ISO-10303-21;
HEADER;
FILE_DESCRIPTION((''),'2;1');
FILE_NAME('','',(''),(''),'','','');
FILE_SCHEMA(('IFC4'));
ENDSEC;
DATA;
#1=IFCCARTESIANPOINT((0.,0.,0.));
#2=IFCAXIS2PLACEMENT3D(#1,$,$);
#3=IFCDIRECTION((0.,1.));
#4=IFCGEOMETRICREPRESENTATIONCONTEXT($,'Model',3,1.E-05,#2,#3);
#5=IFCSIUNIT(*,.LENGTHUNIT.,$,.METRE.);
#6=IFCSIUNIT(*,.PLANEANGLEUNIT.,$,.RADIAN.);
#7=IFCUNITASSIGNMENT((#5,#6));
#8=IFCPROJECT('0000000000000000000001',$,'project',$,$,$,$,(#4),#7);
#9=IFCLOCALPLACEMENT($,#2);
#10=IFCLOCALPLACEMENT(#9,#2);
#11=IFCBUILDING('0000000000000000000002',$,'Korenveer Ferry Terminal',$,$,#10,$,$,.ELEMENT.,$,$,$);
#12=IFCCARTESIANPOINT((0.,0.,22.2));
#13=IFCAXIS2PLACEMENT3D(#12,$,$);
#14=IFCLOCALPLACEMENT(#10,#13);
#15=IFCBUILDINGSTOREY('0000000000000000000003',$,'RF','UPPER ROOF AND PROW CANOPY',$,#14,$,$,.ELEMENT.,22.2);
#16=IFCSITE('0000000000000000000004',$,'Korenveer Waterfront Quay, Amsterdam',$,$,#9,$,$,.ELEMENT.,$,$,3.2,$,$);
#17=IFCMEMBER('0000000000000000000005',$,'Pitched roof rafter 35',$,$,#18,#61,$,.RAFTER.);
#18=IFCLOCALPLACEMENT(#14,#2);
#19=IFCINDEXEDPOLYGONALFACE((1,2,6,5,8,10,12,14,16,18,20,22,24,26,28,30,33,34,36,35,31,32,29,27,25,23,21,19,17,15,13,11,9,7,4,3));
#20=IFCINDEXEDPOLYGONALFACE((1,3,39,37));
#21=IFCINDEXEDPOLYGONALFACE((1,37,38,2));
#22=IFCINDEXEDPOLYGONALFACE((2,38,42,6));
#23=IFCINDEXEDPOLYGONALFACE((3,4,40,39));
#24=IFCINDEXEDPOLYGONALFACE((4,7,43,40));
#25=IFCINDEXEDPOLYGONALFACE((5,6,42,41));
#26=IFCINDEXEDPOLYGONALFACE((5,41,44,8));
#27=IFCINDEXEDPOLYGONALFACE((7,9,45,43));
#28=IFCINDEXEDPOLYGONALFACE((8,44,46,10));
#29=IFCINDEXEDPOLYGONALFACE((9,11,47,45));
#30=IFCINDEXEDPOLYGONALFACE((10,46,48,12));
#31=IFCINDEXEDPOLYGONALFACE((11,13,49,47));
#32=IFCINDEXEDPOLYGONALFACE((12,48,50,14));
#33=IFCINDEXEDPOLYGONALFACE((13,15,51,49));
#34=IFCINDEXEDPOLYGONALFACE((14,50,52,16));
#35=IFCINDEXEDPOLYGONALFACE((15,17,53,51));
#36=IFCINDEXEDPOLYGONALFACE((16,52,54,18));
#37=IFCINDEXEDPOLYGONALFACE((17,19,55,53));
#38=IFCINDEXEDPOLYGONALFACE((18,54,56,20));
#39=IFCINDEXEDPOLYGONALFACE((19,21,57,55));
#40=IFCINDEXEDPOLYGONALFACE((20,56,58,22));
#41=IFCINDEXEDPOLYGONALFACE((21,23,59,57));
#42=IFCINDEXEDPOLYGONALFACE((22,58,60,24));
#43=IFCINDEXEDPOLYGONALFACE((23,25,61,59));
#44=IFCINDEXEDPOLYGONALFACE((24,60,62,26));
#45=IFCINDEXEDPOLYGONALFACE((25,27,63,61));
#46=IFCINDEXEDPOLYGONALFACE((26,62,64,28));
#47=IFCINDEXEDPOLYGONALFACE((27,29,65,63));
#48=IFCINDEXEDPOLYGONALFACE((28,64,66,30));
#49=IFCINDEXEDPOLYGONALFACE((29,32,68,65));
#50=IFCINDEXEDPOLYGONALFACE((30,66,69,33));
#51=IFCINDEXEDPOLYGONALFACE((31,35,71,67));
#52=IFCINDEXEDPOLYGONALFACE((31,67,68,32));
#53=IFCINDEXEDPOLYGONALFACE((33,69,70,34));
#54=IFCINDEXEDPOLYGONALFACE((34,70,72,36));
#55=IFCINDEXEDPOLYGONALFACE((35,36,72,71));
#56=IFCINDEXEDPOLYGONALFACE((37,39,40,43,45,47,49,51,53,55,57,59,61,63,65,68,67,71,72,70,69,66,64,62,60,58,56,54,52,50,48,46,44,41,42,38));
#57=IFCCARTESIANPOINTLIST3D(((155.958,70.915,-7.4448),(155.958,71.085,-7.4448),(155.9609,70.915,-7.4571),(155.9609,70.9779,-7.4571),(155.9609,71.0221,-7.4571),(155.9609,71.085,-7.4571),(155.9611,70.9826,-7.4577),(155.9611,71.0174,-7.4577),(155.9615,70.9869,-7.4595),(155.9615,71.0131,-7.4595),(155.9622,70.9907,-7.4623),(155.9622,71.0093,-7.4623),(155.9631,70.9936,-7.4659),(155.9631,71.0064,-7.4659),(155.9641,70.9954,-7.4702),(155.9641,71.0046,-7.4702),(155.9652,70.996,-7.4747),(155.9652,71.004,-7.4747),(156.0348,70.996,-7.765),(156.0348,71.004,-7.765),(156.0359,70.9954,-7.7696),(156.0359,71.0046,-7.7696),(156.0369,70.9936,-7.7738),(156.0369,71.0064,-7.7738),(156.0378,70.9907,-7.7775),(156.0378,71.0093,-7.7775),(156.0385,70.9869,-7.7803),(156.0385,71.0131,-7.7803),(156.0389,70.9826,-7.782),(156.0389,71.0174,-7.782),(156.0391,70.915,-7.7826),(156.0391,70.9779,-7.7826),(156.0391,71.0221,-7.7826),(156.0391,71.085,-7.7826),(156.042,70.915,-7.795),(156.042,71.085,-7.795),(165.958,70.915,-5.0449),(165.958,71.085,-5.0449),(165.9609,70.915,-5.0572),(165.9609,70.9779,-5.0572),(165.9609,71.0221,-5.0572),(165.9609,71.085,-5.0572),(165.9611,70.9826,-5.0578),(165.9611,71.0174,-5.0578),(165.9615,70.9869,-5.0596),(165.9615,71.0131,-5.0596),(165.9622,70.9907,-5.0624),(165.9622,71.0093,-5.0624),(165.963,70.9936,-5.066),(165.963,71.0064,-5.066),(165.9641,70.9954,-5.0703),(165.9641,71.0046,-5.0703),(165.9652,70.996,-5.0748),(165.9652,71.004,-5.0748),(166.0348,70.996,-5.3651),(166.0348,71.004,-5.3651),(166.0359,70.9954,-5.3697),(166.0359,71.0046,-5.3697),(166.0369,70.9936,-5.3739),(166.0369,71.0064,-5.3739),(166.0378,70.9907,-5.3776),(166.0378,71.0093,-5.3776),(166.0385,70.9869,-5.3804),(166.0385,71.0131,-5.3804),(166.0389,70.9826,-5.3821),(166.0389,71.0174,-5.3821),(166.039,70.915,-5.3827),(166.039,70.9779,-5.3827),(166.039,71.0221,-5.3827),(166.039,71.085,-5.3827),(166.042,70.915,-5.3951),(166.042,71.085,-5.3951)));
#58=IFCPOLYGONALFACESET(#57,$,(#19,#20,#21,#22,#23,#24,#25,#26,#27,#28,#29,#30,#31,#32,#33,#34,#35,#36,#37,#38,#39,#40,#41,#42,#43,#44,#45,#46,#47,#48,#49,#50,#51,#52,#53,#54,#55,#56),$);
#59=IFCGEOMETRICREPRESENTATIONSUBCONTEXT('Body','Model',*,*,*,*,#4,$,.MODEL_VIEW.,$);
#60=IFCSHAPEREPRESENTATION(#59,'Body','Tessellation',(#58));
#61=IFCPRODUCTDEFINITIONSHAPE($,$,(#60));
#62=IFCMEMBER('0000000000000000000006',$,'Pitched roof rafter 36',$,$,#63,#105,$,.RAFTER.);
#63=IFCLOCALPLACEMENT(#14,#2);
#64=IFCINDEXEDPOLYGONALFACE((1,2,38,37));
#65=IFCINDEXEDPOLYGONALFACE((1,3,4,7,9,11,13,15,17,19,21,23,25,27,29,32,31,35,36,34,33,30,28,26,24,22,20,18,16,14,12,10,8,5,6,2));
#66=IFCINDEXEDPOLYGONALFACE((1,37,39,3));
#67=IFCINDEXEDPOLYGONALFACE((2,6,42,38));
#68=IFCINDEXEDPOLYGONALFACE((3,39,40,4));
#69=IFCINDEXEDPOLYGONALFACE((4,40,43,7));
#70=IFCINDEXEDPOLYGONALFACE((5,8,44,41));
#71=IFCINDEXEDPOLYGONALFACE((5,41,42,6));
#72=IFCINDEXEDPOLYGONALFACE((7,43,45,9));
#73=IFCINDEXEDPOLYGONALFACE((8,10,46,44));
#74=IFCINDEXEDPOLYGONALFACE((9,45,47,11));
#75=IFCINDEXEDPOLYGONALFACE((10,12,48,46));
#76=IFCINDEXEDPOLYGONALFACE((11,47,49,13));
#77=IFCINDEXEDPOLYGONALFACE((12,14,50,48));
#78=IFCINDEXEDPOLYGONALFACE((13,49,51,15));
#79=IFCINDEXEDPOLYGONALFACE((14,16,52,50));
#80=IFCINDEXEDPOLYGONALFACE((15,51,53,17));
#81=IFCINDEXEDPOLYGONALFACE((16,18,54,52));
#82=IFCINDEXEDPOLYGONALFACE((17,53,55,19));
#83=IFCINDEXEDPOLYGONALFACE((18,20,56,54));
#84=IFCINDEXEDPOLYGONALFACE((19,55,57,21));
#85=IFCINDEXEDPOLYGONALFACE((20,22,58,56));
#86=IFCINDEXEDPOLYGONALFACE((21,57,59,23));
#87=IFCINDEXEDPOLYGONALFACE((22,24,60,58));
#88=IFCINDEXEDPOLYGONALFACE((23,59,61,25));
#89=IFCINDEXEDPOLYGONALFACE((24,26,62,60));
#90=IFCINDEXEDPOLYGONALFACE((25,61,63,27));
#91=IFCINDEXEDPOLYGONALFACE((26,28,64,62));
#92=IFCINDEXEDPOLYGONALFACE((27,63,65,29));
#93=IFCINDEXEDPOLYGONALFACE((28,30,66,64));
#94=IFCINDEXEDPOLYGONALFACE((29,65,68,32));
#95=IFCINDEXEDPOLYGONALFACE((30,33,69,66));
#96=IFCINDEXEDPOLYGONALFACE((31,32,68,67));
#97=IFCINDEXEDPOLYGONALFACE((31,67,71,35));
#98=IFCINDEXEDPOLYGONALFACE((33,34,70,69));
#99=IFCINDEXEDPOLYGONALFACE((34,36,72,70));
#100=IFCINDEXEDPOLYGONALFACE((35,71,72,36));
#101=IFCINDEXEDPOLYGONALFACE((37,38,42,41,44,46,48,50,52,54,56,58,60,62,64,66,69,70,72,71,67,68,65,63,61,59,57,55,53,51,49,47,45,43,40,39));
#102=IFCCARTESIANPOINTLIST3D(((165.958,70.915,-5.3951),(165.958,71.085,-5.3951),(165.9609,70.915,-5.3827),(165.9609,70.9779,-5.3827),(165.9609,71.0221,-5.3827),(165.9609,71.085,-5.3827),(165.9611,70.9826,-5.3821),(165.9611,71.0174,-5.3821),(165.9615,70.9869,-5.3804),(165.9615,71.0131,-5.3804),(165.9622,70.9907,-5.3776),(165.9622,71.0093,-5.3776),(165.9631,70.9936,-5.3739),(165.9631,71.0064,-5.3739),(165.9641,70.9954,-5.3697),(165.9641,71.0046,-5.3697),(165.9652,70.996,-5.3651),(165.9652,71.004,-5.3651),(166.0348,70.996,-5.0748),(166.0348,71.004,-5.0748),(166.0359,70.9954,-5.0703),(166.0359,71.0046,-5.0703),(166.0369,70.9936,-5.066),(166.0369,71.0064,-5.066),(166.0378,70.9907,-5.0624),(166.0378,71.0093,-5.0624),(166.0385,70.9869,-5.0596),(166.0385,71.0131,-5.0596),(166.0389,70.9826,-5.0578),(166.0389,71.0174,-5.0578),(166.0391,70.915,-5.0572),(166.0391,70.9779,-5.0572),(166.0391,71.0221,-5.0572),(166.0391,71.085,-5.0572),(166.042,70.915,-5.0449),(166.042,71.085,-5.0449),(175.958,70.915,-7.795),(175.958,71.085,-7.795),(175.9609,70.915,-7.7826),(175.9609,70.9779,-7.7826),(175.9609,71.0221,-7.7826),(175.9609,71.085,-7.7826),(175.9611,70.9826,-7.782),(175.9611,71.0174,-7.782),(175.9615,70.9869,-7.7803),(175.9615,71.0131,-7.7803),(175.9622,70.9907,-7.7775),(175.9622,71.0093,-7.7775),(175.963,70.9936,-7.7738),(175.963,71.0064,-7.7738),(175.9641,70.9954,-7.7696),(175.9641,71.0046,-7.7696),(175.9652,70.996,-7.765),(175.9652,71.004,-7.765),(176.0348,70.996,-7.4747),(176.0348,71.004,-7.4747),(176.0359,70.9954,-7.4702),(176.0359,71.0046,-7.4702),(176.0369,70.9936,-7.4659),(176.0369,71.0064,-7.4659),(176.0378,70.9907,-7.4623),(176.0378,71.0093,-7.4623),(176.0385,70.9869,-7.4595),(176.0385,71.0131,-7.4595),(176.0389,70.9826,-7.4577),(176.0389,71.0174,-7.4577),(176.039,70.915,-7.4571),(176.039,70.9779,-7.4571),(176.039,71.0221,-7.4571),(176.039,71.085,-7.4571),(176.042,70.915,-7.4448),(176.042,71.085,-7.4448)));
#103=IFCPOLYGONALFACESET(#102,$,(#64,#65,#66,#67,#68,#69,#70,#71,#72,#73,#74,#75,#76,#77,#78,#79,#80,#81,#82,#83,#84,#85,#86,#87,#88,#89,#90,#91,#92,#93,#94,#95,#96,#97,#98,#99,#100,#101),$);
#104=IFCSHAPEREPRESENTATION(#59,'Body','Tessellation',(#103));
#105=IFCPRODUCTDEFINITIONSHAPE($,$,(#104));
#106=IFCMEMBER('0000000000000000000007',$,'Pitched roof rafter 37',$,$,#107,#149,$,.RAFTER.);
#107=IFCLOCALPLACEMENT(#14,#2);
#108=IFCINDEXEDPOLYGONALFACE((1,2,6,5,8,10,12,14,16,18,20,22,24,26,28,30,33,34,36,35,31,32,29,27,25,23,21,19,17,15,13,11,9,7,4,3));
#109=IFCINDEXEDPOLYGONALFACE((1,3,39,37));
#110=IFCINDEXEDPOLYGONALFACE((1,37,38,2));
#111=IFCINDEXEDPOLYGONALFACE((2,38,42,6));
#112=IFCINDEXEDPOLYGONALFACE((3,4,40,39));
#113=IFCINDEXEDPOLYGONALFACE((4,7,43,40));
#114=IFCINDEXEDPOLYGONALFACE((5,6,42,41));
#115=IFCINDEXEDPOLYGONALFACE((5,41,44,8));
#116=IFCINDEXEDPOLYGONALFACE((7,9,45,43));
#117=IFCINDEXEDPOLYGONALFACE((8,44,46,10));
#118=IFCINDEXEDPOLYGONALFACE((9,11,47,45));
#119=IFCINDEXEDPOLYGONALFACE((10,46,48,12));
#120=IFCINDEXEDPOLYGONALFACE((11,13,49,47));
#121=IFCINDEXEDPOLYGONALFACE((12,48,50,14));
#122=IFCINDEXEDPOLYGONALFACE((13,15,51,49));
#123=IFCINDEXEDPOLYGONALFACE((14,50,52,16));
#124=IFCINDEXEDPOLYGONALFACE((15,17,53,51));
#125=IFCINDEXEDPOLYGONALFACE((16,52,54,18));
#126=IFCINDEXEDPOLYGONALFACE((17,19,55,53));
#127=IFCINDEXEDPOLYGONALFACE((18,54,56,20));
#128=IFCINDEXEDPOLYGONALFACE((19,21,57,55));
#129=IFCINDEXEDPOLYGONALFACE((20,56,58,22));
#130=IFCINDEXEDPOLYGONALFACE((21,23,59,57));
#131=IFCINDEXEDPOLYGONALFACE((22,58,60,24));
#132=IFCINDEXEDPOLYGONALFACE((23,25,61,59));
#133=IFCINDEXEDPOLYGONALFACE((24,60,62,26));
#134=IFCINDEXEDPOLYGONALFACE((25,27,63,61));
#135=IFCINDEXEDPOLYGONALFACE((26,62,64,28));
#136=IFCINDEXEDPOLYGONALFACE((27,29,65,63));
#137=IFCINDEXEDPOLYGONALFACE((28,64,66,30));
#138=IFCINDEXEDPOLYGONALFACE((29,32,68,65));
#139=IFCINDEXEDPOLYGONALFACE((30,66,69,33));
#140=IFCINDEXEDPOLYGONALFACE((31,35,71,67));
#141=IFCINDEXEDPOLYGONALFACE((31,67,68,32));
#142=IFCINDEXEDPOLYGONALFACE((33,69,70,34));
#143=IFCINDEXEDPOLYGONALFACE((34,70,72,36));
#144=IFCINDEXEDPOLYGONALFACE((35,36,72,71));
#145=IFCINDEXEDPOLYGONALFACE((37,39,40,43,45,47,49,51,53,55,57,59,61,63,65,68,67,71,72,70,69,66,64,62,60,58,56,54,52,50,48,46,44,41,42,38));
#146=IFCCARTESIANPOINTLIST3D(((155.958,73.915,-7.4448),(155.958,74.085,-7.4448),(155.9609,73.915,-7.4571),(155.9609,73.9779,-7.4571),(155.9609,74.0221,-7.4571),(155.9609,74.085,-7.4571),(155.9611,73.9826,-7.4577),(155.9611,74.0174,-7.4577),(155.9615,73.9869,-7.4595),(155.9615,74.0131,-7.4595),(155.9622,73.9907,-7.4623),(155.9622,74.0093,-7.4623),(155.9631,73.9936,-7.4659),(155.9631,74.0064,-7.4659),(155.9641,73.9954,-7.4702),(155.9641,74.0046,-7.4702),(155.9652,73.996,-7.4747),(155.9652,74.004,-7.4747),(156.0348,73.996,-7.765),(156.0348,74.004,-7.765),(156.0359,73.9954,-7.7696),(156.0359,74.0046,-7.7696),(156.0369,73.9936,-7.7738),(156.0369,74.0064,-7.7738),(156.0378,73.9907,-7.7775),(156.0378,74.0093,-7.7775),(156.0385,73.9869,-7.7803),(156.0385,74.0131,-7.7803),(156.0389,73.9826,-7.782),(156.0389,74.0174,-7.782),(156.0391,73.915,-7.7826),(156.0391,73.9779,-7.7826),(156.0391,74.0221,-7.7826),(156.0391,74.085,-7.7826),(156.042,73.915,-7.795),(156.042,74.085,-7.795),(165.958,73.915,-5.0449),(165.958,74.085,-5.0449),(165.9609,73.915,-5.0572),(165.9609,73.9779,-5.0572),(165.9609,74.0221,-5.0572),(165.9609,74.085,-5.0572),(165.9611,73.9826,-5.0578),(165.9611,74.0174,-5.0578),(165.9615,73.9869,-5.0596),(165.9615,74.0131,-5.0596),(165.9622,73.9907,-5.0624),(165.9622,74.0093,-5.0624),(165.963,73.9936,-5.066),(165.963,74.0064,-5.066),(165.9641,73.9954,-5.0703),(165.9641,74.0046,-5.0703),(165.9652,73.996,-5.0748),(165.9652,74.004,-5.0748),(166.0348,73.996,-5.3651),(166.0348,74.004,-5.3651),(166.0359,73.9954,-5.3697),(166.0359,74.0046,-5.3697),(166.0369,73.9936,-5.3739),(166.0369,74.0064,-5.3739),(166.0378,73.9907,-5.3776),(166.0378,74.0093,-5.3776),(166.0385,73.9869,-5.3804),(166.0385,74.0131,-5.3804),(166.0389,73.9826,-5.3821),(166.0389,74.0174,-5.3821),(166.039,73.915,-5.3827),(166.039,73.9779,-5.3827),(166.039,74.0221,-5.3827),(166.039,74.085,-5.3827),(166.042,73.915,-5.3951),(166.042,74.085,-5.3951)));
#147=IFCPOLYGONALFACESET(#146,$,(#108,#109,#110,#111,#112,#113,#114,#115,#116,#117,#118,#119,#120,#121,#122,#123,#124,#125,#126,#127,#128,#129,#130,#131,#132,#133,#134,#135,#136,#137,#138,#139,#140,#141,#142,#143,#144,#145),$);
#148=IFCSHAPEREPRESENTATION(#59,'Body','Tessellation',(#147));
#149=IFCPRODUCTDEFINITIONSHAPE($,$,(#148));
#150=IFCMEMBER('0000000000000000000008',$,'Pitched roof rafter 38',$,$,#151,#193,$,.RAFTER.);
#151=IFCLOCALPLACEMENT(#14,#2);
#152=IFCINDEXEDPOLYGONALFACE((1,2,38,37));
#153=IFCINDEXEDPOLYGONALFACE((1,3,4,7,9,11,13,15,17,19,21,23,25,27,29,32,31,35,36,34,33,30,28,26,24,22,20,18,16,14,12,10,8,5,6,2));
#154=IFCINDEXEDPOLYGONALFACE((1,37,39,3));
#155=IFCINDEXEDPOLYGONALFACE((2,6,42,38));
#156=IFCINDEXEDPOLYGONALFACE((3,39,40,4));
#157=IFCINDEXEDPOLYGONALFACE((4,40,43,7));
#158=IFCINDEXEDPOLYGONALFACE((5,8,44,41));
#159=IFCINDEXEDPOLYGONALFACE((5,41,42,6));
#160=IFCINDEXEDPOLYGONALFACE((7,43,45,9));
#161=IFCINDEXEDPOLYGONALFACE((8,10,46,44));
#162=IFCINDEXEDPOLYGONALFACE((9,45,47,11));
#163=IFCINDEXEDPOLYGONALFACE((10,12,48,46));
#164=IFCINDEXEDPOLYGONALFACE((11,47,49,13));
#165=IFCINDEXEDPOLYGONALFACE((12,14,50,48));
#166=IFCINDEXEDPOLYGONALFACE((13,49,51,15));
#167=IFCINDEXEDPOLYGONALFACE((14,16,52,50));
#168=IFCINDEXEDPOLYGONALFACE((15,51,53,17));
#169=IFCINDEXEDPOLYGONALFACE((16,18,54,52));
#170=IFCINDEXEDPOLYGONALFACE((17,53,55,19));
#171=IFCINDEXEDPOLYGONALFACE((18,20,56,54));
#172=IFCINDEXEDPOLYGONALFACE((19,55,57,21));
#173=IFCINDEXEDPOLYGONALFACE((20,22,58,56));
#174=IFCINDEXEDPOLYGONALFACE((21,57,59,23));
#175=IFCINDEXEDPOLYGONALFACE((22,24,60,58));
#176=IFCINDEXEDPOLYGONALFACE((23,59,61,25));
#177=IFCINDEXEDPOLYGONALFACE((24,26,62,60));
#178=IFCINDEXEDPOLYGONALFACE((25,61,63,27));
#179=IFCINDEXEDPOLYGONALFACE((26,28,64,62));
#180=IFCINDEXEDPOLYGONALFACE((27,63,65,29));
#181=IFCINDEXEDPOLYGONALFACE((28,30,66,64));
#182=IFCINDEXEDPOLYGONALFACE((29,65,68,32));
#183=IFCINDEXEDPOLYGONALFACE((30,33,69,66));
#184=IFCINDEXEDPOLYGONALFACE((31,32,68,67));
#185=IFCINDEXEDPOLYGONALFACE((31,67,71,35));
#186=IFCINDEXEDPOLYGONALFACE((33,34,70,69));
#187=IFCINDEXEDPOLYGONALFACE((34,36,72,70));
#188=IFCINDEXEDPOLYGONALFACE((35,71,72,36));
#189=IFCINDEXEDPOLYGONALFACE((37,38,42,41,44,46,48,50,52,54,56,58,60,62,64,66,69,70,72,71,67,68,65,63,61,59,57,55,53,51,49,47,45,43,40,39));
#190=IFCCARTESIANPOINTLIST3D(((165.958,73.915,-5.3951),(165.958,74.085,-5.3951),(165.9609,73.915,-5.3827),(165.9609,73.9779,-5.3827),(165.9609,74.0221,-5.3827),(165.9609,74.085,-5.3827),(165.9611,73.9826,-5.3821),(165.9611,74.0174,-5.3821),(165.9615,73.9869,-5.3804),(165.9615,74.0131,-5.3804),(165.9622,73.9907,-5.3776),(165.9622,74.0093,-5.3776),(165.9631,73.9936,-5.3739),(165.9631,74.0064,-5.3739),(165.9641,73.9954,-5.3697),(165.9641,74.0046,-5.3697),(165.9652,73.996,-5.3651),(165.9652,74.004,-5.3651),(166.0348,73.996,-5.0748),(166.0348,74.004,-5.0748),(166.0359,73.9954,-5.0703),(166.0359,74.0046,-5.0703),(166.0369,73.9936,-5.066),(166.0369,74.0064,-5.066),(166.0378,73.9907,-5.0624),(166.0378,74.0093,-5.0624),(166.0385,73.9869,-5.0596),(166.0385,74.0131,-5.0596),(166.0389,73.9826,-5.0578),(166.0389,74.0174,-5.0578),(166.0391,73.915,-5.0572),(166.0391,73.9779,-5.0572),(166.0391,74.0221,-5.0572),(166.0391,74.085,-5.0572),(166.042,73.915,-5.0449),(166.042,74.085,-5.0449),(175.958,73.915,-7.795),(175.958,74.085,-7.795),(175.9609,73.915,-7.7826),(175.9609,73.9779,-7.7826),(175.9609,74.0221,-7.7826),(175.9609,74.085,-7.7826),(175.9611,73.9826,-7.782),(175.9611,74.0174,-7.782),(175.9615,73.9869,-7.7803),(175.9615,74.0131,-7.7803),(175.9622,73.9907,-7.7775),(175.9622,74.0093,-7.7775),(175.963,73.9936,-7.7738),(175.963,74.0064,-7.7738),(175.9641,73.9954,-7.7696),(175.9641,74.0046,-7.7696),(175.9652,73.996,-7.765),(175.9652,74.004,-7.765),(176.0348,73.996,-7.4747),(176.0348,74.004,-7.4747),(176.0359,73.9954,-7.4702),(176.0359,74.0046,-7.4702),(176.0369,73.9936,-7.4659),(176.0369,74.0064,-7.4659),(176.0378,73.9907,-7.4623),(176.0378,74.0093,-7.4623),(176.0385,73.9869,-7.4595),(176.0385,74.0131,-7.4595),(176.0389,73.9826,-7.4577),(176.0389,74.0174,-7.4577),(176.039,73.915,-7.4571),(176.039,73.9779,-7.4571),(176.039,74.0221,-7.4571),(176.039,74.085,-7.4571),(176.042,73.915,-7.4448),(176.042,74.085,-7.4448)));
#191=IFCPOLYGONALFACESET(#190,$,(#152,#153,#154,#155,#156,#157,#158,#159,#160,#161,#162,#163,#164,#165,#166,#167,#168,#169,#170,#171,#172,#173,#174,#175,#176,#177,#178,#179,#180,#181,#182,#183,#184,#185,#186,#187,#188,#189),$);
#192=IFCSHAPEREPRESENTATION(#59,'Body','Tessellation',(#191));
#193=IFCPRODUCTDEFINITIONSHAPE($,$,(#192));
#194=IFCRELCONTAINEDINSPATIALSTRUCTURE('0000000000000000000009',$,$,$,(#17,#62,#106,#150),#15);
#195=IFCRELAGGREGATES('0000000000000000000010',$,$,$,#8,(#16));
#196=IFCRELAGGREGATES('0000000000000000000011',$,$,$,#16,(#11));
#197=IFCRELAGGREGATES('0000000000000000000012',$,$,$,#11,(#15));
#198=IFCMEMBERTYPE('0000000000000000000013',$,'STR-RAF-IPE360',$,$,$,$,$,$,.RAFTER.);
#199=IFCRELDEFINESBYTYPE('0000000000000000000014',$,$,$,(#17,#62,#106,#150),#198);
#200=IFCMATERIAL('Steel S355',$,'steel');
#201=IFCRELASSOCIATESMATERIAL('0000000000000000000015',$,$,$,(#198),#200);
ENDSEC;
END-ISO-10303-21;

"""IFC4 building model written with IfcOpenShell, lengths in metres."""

from ifc_helpers import new_model, si_unit, direction, frame, origin, origin_2d, place, context, subcontext, project, spatial, i_section, extrude, material, material_profile, profile_set, type_object, element, save


model = new_model("IFC4")

# Units and contexts
model_context = context("Model", 3, precision=1e-05, world=origin(), true_north=direction((0.0, 1.0)))
body_context = subcontext(model_context, "Body", "Model", "MODEL_VIEW")
ifc_project = project(units=[si_unit("LENGTHUNIT", "METRE"), si_unit("PLANEANGLEUNIT", "RADIAN")], contexts=[model_context])

# Site, building, storey
site_placement = place(None, origin())
site = spatial("IfcSite", under=ifc_project, at=site_placement, Name="Korenveer Waterfront Quay, Amsterdam", CompositionType="ELEMENT", RefElevation=3.2)
building_placement = place(site_placement, origin())
building = spatial("IfcBuilding", under=site, at=building_placement, Name="Korenveer Ferry Terminal", CompositionType="ELEMENT")
storey_placement = place(building_placement, frame((0.0, 0.0, 22.2)))
storey = spatial("IfcBuildingStorey", under=building, at=storey_placement, Name="RF", Description="UPPER ROOF AND PROW CANOPY", CompositionType="ELEMENT", Elevation=22.2)

# Shared definitions
ifc_material_1 = material(Name="Steel S355", Category="steel")

# Members
ifc_material_profile_1 = material_profile(ifc_material_1, i_section(OverallWidth=0.1699, OverallDepth=0.3601, WebThickness=0.0081, FlangeThickness=0.0127, FilletRadius=0.0181, at=origin_2d()), Name="IPE 360")
ifc_profile_set_1 = profile_set([ifc_material_profile_1], Name="Steel S355")
member_type_1 = type_object("IfcMemberType", Name="STR-RAF-IPE360", PredefinedType="RAFTER", material=ifc_profile_set_1)
for number, where, z_axis, x_axis, name in (
    (1, (156.0, 71.0, -7.6199), (0.972389, 0.0, 0.233364), (0.0, 1.0, 0.0), "Pitched roof rafter 35"),
    (2, (166.0, 71.0, -5.22), (0.972389, 0.0, -0.233364), (0.0, 1.0, 0.0), "Pitched roof rafter 36"),
    (3, (156.0, 74.0, -7.6199), (0.972389, 0.0, 0.233364), (0.0, 1.0, 0.0), "Pitched roof rafter 37"),
    (4, (166.0, 74.0, -5.22), (0.972389, 0.0, -0.233364), (0.0, 1.0, 0.0), "Pitched roof rafter 38"),
):
    element("IfcMember", number, at=place(storey_placement, frame(where, z_axis=z_axis, x_axis=x_axis)), inside=storey, type_object=member_type_1, Name=name, PredefinedType="RAFTER", context=body_context, shape_type="SweptSolid", body=[
        extrude(i_section(OverallWidth=0.1699, OverallDepth=0.3601, WebThickness=0.0081, FlangeThickness=0.0127, FilletRadius=0.0181, at=origin_2d()), origin(), (0.0, 0.0, 1.0), 10.2839),
    ])

save(model, "model.ifc")
